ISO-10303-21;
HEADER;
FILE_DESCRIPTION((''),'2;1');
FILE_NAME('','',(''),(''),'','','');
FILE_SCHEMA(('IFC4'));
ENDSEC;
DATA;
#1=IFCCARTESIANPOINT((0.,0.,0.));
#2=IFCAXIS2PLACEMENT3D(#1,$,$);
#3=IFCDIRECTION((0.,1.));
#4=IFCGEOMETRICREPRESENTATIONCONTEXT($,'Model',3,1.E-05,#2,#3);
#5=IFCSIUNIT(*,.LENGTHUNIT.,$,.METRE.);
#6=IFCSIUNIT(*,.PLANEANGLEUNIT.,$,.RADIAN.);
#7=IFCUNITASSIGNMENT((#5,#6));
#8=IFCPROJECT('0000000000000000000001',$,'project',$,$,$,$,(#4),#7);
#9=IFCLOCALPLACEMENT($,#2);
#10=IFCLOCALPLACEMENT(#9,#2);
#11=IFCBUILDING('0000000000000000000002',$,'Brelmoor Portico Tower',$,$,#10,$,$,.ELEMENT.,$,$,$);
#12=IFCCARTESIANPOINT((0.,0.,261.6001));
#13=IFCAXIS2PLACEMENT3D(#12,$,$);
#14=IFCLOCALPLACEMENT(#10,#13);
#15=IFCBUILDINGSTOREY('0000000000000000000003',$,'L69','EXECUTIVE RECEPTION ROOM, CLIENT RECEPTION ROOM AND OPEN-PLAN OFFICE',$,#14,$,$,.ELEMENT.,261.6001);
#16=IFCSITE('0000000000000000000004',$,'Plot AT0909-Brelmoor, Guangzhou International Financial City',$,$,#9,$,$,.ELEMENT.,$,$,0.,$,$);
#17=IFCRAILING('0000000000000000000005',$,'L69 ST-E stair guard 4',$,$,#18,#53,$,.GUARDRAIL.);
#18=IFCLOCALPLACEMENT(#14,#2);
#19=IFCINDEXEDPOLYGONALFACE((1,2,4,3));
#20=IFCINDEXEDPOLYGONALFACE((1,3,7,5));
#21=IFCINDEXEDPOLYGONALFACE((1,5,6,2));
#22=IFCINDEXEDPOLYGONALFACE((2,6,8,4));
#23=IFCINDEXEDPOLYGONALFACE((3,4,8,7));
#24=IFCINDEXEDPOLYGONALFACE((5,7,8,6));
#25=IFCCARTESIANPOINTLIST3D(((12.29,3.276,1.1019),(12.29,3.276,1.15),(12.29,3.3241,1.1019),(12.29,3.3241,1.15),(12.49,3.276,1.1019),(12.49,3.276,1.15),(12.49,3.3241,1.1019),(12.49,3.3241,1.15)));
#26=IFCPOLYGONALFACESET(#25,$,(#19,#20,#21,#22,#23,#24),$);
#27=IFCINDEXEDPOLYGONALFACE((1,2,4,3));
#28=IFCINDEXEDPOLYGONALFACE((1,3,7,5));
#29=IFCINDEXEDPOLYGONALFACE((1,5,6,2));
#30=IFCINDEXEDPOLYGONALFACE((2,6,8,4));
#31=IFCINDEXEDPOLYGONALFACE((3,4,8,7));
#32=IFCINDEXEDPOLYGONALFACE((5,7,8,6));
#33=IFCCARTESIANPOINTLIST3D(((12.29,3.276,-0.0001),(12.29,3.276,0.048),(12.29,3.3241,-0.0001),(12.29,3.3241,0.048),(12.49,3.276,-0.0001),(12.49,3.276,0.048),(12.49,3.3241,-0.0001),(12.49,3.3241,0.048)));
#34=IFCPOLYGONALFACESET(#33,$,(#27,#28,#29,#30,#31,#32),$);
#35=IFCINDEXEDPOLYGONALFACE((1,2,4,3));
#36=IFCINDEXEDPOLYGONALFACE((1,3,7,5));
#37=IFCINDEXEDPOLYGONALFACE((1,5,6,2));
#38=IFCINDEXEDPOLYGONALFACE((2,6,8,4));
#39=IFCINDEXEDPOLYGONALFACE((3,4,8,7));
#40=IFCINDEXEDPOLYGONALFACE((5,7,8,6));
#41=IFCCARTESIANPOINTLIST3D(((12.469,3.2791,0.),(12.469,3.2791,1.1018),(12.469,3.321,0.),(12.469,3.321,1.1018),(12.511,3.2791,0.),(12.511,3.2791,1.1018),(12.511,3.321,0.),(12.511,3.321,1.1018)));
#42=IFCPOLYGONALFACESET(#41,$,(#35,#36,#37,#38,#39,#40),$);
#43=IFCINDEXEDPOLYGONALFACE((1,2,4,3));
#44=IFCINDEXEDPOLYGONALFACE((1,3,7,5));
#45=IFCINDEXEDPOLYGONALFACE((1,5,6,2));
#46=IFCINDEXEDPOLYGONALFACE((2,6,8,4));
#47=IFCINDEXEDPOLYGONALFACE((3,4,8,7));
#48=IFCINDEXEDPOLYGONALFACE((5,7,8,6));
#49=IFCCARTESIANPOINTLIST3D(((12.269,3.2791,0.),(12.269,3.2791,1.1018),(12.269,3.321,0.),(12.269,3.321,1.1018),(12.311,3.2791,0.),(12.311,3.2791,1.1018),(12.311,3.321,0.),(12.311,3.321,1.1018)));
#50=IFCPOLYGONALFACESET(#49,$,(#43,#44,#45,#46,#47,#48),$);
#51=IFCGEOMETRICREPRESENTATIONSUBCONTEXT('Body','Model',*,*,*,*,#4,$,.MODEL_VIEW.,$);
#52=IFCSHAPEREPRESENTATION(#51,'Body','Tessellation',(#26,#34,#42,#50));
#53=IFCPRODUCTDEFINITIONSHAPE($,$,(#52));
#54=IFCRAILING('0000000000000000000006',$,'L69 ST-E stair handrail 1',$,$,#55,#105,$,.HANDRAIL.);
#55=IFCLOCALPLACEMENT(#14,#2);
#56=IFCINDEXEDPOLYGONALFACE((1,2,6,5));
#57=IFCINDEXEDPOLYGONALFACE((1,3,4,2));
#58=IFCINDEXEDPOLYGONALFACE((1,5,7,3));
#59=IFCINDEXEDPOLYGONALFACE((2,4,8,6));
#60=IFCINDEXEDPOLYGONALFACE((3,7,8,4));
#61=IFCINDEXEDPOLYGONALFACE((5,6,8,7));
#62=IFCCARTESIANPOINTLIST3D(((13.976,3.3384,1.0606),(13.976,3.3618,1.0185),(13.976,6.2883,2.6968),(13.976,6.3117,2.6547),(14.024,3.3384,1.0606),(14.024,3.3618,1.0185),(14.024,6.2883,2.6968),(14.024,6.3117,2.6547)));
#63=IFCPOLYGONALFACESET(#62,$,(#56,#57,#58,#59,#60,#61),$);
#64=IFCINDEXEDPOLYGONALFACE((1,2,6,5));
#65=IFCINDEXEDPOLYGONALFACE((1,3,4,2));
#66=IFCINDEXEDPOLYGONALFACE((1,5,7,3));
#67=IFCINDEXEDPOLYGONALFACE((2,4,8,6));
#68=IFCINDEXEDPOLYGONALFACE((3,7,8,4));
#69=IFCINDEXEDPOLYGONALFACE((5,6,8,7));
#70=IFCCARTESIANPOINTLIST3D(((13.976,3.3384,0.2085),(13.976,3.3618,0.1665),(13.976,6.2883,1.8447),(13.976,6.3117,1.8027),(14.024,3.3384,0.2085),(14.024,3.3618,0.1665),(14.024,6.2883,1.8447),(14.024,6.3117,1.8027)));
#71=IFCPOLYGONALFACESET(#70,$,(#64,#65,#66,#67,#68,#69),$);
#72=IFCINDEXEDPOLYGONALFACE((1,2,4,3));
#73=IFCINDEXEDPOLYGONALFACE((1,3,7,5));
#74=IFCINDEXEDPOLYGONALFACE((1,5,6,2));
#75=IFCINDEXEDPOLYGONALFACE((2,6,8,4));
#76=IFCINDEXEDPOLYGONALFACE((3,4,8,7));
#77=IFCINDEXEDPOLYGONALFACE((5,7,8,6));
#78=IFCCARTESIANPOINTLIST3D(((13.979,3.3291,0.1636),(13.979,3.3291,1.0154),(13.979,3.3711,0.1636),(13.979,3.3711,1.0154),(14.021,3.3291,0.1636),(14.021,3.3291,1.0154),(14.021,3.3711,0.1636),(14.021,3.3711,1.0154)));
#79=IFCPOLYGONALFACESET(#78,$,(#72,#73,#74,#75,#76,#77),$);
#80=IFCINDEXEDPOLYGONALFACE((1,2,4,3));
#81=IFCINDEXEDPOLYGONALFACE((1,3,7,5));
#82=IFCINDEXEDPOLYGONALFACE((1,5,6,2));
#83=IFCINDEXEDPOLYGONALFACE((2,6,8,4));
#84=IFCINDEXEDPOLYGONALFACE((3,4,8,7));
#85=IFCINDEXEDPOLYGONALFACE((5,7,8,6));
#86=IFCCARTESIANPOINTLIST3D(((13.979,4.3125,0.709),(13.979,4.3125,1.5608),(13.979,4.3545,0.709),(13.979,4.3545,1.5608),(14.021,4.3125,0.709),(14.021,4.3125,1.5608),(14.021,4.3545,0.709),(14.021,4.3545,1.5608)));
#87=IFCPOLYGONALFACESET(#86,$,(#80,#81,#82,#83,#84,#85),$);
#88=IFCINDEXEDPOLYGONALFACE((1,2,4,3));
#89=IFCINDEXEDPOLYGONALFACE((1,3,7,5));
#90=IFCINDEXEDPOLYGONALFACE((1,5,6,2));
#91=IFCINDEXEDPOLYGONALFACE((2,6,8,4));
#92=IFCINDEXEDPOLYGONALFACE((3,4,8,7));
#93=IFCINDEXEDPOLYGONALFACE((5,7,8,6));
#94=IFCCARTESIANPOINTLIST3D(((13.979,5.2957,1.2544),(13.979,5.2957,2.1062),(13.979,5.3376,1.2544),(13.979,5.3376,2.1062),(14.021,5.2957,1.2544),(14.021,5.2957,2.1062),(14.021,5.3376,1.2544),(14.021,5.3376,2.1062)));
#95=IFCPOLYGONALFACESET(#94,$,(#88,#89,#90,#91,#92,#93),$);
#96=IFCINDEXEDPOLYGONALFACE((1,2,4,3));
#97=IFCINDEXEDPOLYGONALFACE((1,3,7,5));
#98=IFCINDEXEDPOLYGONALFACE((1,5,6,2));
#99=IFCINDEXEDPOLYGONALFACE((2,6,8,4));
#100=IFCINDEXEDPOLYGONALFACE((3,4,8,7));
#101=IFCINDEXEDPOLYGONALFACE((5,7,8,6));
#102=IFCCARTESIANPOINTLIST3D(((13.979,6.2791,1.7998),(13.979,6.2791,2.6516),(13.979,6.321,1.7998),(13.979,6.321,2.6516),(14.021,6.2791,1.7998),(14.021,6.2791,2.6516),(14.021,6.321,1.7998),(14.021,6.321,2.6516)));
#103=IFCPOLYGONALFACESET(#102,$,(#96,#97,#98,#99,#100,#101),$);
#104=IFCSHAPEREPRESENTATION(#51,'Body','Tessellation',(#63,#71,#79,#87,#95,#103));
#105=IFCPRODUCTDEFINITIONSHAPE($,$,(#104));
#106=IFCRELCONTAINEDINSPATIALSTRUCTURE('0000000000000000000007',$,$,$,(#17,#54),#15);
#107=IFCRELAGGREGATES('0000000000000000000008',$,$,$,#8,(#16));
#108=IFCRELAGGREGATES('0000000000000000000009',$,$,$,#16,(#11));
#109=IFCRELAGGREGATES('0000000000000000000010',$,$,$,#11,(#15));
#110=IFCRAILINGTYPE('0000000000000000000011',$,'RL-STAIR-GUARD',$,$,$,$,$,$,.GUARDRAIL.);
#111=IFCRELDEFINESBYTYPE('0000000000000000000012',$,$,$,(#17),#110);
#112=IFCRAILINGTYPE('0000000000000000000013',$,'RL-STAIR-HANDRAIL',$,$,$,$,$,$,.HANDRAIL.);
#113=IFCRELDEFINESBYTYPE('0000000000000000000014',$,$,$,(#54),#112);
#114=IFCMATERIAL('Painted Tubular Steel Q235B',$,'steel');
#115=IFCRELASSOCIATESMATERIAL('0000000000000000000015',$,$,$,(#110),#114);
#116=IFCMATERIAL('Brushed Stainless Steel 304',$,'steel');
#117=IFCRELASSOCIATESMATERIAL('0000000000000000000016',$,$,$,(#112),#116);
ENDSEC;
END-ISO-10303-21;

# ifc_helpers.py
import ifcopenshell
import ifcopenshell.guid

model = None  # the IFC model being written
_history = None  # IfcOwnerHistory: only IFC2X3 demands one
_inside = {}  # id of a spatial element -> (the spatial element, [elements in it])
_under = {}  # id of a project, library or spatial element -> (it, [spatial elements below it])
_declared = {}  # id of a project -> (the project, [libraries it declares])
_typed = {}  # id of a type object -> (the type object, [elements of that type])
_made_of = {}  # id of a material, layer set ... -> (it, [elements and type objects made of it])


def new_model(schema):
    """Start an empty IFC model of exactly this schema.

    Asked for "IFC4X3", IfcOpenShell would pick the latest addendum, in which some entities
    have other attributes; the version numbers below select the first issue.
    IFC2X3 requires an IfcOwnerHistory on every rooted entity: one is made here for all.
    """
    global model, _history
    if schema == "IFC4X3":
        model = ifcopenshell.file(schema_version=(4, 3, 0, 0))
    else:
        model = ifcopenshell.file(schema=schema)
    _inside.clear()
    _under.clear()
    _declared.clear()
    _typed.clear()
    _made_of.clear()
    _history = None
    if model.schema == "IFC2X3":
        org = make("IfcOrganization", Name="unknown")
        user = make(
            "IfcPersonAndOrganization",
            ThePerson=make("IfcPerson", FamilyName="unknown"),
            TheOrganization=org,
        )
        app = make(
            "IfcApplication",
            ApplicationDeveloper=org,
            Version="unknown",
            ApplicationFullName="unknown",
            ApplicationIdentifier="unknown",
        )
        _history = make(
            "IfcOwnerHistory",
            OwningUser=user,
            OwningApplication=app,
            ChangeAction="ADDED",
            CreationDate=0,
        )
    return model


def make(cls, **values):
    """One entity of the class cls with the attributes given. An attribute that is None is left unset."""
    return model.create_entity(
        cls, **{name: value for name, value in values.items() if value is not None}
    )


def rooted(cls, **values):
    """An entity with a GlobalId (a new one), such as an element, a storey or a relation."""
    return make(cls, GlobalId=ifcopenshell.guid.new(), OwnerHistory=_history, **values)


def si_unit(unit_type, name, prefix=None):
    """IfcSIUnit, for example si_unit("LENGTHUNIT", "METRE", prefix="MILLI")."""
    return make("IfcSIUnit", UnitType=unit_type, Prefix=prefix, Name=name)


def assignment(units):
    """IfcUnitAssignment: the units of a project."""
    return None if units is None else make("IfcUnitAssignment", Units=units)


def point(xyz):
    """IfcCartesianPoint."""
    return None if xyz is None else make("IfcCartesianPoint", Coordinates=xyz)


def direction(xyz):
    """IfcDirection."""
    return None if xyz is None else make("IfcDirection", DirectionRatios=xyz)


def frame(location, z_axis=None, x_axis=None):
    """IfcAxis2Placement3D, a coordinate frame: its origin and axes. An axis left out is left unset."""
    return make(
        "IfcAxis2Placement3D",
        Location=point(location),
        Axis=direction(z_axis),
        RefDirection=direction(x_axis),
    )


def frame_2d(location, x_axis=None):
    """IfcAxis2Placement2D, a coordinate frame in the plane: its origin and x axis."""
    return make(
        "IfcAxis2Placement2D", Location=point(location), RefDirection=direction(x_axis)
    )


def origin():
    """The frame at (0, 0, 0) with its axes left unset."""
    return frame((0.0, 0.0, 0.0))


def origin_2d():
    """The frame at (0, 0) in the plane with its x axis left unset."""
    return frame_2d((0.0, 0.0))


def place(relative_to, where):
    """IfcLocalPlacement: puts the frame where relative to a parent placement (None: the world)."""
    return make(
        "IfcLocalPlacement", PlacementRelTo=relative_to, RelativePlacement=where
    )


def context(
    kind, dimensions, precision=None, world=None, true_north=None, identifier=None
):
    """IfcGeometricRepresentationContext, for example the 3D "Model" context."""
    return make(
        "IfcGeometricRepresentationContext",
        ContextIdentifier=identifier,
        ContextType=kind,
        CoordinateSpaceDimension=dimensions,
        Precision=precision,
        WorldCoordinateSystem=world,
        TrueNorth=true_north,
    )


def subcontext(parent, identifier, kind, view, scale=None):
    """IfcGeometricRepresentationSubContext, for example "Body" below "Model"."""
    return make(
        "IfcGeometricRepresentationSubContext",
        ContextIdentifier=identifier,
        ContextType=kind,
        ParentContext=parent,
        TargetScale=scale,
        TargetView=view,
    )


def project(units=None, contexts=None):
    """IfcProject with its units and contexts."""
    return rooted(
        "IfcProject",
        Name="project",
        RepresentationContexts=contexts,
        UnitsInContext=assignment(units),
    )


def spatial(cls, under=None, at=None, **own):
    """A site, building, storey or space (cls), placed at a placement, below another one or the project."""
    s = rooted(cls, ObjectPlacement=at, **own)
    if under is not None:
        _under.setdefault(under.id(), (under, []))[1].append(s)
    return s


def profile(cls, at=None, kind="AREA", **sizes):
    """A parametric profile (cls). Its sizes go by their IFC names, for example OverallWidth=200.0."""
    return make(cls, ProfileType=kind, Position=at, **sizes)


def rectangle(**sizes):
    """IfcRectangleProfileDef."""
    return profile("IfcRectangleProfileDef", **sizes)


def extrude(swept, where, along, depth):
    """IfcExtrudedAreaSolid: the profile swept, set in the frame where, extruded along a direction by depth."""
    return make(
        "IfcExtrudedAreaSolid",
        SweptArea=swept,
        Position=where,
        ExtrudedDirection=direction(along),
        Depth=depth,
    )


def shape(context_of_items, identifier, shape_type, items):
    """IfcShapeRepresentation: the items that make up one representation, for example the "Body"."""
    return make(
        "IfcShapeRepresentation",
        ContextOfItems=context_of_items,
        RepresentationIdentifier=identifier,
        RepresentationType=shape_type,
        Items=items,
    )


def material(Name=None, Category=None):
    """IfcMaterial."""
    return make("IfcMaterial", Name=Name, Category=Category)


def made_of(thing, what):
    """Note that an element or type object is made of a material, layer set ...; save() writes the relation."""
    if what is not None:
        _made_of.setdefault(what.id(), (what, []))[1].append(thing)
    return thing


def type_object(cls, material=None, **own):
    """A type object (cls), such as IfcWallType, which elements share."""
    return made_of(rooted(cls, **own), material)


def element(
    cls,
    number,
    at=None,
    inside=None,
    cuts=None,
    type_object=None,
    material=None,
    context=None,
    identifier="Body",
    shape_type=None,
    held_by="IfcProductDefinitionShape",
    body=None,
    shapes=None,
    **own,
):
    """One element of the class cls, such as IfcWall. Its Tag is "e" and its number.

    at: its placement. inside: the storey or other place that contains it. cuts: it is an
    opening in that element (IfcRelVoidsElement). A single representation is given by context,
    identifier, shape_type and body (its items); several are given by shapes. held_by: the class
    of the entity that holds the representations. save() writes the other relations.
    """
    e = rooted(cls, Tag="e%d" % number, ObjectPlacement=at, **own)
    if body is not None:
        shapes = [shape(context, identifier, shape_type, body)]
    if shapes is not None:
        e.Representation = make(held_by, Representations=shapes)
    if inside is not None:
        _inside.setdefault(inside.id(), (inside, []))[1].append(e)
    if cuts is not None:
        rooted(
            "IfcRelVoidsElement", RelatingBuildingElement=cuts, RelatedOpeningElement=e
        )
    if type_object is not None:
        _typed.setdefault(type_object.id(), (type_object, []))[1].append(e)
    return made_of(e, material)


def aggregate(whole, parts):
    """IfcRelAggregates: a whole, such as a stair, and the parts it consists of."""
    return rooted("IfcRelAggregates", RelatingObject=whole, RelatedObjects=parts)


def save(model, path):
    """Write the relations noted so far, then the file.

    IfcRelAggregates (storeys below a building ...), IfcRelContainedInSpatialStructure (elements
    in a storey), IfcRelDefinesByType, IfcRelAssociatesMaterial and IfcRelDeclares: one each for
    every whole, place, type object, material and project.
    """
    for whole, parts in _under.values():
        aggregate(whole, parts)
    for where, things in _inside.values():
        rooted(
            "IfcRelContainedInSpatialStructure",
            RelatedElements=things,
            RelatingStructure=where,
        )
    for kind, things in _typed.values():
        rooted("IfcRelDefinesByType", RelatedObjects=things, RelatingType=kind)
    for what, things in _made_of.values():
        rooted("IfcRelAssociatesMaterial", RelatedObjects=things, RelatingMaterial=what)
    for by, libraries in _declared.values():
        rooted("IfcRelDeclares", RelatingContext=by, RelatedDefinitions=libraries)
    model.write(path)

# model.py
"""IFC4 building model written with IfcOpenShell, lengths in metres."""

from ifc_helpers import new_model, si_unit, direction, frame, origin, origin_2d, place, context, subcontext, project, spatial, rectangle, extrude, material, type_object, element, save


model = new_model("IFC4")

# Units and contexts
model_context = context("Model", 3, precision=1e-05, world=origin(), true_north=direction((0.0, 1.0)))
body_context = subcontext(model_context, "Body", "Model", "MODEL_VIEW")
ifc_project = project(units=[si_unit("LENGTHUNIT", "METRE"), si_unit("PLANEANGLEUNIT", "RADIAN")], contexts=[model_context])

# Site, building, storey
site_placement = place(None, origin())
site = spatial("IfcSite", under=ifc_project, at=site_placement, Name="Plot AT0909-Brelmoor, Guangzhou International Financial City", CompositionType="ELEMENT", RefElevation=0.0)
building_placement = place(site_placement, origin())
building = spatial("IfcBuilding", under=site, at=building_placement, Name="Brelmoor Portico Tower", CompositionType="ELEMENT")
storey_placement = place(building_placement, frame((0.0, 0.0, 261.6001)))
storey = spatial("IfcBuildingStorey", under=building, at=storey_placement, Name="L69", Description="EXECUTIVE RECEPTION ROOM, CLIENT RECEPTION ROOM AND OPEN-PLAN OFFICE", CompositionType="ELEMENT", Elevation=261.6001)

# Railings
ifc_material_1 = material(Name="Painted Tubular Steel Q235B", Category="steel")
railing_type_1 = type_object("IfcRailingType", Name="RL-STAIR-GUARD", PredefinedType="GUARDRAIL", material=ifc_material_1)
railing_1_placement = place(storey_placement, frame((12.49, 3.3, 0.0)))
element("IfcRailing", 1, at=railing_1_placement, inside=storey, type_object=railing_type_1, Name="L69 ST-E stair guard 4", PredefinedType="GUARDRAIL", context=body_context, shape_type="SweptSolid", body=[
    extrude(rectangle(XDim=0.0481, YDim=0.0481, at=origin_2d()), frame((0.0, 0.0, 1.126), z_axis=(-1.0, 0.0, 0.0), x_axis=(0.0, -1.0, 0.0)), (0.0, 0.0, 1.0), 0.2),
    extrude(rectangle(XDim=0.0481, YDim=0.0481, at=origin_2d()), frame((0.0, 0.0, 0.0239), z_axis=(-1.0, 0.0, 0.0), x_axis=(0.0, -1.0, 0.0)), (0.0, 0.0, 1.0), 0.2),
    extrude(rectangle(XDim=0.042, YDim=0.042, at=origin_2d()), origin(), (0.0, 0.0, 1.0), 1.1018),
    extrude(rectangle(XDim=0.042, YDim=0.042, at=origin_2d()), frame((-0.2, 0.0, 0.0)), (0.0, 0.0, 1.0), 1.1018),
])
ifc_material_2 = material(Name="Brushed Stainless Steel 304", Category="steel")
railing_type_2 = type_object("IfcRailingType", Name="RL-STAIR-HANDRAIL", PredefinedType="HANDRAIL", material=ifc_material_2)
railing_2_placement = place(storey_placement, frame((14.0, 3.3501, 0.1636)))
element("IfcRailing", 2, at=railing_2_placement, inside=storey, type_object=railing_type_2, Name="L69 ST-E stair handrail 1", PredefinedType="HANDRAIL", context=body_context, shape_type="SweptSolid", body=[
    extrude(rectangle(XDim=0.0481, YDim=0.0481, at=origin_2d()), frame((0.0, 0.0, 0.876), z_axis=(0.0, 0.874488, 0.485047), x_axis=(-1.0, 0.0, 0.0)), (0.0, 0.0, 1.0), 3.3733),
    extrude(rectangle(XDim=0.0481, YDim=0.0481, at=origin_2d()), frame((0.0, 0.0, 0.0239), z_axis=(0.0, 0.874488, 0.485047), x_axis=(-1.0, 0.0, 0.0)), (0.0, 0.0, 1.0), 3.3733),
    extrude(rectangle(XDim=0.042, YDim=0.042, at=origin_2d()), origin(), (0.0, 0.0, 1.0), 0.8518),
    extrude(rectangle(XDim=0.042, YDim=0.042, at=origin_2d()), frame((0.0, 0.9834, 0.5454)), (0.0, 0.0, 1.0), 0.8518),
    extrude(rectangle(XDim=0.042, YDim=0.042, at=origin_2d()), frame((0.0, 1.9666, 1.0908)), (0.0, 0.0, 1.0), 0.8518),
    extrude(rectangle(XDim=0.042, YDim=0.042, at=origin_2d()), frame((0.0, 2.95, 1.6362)), (0.0, 0.0, 1.0), 0.8518),
])

save(model, "model.ifc")
